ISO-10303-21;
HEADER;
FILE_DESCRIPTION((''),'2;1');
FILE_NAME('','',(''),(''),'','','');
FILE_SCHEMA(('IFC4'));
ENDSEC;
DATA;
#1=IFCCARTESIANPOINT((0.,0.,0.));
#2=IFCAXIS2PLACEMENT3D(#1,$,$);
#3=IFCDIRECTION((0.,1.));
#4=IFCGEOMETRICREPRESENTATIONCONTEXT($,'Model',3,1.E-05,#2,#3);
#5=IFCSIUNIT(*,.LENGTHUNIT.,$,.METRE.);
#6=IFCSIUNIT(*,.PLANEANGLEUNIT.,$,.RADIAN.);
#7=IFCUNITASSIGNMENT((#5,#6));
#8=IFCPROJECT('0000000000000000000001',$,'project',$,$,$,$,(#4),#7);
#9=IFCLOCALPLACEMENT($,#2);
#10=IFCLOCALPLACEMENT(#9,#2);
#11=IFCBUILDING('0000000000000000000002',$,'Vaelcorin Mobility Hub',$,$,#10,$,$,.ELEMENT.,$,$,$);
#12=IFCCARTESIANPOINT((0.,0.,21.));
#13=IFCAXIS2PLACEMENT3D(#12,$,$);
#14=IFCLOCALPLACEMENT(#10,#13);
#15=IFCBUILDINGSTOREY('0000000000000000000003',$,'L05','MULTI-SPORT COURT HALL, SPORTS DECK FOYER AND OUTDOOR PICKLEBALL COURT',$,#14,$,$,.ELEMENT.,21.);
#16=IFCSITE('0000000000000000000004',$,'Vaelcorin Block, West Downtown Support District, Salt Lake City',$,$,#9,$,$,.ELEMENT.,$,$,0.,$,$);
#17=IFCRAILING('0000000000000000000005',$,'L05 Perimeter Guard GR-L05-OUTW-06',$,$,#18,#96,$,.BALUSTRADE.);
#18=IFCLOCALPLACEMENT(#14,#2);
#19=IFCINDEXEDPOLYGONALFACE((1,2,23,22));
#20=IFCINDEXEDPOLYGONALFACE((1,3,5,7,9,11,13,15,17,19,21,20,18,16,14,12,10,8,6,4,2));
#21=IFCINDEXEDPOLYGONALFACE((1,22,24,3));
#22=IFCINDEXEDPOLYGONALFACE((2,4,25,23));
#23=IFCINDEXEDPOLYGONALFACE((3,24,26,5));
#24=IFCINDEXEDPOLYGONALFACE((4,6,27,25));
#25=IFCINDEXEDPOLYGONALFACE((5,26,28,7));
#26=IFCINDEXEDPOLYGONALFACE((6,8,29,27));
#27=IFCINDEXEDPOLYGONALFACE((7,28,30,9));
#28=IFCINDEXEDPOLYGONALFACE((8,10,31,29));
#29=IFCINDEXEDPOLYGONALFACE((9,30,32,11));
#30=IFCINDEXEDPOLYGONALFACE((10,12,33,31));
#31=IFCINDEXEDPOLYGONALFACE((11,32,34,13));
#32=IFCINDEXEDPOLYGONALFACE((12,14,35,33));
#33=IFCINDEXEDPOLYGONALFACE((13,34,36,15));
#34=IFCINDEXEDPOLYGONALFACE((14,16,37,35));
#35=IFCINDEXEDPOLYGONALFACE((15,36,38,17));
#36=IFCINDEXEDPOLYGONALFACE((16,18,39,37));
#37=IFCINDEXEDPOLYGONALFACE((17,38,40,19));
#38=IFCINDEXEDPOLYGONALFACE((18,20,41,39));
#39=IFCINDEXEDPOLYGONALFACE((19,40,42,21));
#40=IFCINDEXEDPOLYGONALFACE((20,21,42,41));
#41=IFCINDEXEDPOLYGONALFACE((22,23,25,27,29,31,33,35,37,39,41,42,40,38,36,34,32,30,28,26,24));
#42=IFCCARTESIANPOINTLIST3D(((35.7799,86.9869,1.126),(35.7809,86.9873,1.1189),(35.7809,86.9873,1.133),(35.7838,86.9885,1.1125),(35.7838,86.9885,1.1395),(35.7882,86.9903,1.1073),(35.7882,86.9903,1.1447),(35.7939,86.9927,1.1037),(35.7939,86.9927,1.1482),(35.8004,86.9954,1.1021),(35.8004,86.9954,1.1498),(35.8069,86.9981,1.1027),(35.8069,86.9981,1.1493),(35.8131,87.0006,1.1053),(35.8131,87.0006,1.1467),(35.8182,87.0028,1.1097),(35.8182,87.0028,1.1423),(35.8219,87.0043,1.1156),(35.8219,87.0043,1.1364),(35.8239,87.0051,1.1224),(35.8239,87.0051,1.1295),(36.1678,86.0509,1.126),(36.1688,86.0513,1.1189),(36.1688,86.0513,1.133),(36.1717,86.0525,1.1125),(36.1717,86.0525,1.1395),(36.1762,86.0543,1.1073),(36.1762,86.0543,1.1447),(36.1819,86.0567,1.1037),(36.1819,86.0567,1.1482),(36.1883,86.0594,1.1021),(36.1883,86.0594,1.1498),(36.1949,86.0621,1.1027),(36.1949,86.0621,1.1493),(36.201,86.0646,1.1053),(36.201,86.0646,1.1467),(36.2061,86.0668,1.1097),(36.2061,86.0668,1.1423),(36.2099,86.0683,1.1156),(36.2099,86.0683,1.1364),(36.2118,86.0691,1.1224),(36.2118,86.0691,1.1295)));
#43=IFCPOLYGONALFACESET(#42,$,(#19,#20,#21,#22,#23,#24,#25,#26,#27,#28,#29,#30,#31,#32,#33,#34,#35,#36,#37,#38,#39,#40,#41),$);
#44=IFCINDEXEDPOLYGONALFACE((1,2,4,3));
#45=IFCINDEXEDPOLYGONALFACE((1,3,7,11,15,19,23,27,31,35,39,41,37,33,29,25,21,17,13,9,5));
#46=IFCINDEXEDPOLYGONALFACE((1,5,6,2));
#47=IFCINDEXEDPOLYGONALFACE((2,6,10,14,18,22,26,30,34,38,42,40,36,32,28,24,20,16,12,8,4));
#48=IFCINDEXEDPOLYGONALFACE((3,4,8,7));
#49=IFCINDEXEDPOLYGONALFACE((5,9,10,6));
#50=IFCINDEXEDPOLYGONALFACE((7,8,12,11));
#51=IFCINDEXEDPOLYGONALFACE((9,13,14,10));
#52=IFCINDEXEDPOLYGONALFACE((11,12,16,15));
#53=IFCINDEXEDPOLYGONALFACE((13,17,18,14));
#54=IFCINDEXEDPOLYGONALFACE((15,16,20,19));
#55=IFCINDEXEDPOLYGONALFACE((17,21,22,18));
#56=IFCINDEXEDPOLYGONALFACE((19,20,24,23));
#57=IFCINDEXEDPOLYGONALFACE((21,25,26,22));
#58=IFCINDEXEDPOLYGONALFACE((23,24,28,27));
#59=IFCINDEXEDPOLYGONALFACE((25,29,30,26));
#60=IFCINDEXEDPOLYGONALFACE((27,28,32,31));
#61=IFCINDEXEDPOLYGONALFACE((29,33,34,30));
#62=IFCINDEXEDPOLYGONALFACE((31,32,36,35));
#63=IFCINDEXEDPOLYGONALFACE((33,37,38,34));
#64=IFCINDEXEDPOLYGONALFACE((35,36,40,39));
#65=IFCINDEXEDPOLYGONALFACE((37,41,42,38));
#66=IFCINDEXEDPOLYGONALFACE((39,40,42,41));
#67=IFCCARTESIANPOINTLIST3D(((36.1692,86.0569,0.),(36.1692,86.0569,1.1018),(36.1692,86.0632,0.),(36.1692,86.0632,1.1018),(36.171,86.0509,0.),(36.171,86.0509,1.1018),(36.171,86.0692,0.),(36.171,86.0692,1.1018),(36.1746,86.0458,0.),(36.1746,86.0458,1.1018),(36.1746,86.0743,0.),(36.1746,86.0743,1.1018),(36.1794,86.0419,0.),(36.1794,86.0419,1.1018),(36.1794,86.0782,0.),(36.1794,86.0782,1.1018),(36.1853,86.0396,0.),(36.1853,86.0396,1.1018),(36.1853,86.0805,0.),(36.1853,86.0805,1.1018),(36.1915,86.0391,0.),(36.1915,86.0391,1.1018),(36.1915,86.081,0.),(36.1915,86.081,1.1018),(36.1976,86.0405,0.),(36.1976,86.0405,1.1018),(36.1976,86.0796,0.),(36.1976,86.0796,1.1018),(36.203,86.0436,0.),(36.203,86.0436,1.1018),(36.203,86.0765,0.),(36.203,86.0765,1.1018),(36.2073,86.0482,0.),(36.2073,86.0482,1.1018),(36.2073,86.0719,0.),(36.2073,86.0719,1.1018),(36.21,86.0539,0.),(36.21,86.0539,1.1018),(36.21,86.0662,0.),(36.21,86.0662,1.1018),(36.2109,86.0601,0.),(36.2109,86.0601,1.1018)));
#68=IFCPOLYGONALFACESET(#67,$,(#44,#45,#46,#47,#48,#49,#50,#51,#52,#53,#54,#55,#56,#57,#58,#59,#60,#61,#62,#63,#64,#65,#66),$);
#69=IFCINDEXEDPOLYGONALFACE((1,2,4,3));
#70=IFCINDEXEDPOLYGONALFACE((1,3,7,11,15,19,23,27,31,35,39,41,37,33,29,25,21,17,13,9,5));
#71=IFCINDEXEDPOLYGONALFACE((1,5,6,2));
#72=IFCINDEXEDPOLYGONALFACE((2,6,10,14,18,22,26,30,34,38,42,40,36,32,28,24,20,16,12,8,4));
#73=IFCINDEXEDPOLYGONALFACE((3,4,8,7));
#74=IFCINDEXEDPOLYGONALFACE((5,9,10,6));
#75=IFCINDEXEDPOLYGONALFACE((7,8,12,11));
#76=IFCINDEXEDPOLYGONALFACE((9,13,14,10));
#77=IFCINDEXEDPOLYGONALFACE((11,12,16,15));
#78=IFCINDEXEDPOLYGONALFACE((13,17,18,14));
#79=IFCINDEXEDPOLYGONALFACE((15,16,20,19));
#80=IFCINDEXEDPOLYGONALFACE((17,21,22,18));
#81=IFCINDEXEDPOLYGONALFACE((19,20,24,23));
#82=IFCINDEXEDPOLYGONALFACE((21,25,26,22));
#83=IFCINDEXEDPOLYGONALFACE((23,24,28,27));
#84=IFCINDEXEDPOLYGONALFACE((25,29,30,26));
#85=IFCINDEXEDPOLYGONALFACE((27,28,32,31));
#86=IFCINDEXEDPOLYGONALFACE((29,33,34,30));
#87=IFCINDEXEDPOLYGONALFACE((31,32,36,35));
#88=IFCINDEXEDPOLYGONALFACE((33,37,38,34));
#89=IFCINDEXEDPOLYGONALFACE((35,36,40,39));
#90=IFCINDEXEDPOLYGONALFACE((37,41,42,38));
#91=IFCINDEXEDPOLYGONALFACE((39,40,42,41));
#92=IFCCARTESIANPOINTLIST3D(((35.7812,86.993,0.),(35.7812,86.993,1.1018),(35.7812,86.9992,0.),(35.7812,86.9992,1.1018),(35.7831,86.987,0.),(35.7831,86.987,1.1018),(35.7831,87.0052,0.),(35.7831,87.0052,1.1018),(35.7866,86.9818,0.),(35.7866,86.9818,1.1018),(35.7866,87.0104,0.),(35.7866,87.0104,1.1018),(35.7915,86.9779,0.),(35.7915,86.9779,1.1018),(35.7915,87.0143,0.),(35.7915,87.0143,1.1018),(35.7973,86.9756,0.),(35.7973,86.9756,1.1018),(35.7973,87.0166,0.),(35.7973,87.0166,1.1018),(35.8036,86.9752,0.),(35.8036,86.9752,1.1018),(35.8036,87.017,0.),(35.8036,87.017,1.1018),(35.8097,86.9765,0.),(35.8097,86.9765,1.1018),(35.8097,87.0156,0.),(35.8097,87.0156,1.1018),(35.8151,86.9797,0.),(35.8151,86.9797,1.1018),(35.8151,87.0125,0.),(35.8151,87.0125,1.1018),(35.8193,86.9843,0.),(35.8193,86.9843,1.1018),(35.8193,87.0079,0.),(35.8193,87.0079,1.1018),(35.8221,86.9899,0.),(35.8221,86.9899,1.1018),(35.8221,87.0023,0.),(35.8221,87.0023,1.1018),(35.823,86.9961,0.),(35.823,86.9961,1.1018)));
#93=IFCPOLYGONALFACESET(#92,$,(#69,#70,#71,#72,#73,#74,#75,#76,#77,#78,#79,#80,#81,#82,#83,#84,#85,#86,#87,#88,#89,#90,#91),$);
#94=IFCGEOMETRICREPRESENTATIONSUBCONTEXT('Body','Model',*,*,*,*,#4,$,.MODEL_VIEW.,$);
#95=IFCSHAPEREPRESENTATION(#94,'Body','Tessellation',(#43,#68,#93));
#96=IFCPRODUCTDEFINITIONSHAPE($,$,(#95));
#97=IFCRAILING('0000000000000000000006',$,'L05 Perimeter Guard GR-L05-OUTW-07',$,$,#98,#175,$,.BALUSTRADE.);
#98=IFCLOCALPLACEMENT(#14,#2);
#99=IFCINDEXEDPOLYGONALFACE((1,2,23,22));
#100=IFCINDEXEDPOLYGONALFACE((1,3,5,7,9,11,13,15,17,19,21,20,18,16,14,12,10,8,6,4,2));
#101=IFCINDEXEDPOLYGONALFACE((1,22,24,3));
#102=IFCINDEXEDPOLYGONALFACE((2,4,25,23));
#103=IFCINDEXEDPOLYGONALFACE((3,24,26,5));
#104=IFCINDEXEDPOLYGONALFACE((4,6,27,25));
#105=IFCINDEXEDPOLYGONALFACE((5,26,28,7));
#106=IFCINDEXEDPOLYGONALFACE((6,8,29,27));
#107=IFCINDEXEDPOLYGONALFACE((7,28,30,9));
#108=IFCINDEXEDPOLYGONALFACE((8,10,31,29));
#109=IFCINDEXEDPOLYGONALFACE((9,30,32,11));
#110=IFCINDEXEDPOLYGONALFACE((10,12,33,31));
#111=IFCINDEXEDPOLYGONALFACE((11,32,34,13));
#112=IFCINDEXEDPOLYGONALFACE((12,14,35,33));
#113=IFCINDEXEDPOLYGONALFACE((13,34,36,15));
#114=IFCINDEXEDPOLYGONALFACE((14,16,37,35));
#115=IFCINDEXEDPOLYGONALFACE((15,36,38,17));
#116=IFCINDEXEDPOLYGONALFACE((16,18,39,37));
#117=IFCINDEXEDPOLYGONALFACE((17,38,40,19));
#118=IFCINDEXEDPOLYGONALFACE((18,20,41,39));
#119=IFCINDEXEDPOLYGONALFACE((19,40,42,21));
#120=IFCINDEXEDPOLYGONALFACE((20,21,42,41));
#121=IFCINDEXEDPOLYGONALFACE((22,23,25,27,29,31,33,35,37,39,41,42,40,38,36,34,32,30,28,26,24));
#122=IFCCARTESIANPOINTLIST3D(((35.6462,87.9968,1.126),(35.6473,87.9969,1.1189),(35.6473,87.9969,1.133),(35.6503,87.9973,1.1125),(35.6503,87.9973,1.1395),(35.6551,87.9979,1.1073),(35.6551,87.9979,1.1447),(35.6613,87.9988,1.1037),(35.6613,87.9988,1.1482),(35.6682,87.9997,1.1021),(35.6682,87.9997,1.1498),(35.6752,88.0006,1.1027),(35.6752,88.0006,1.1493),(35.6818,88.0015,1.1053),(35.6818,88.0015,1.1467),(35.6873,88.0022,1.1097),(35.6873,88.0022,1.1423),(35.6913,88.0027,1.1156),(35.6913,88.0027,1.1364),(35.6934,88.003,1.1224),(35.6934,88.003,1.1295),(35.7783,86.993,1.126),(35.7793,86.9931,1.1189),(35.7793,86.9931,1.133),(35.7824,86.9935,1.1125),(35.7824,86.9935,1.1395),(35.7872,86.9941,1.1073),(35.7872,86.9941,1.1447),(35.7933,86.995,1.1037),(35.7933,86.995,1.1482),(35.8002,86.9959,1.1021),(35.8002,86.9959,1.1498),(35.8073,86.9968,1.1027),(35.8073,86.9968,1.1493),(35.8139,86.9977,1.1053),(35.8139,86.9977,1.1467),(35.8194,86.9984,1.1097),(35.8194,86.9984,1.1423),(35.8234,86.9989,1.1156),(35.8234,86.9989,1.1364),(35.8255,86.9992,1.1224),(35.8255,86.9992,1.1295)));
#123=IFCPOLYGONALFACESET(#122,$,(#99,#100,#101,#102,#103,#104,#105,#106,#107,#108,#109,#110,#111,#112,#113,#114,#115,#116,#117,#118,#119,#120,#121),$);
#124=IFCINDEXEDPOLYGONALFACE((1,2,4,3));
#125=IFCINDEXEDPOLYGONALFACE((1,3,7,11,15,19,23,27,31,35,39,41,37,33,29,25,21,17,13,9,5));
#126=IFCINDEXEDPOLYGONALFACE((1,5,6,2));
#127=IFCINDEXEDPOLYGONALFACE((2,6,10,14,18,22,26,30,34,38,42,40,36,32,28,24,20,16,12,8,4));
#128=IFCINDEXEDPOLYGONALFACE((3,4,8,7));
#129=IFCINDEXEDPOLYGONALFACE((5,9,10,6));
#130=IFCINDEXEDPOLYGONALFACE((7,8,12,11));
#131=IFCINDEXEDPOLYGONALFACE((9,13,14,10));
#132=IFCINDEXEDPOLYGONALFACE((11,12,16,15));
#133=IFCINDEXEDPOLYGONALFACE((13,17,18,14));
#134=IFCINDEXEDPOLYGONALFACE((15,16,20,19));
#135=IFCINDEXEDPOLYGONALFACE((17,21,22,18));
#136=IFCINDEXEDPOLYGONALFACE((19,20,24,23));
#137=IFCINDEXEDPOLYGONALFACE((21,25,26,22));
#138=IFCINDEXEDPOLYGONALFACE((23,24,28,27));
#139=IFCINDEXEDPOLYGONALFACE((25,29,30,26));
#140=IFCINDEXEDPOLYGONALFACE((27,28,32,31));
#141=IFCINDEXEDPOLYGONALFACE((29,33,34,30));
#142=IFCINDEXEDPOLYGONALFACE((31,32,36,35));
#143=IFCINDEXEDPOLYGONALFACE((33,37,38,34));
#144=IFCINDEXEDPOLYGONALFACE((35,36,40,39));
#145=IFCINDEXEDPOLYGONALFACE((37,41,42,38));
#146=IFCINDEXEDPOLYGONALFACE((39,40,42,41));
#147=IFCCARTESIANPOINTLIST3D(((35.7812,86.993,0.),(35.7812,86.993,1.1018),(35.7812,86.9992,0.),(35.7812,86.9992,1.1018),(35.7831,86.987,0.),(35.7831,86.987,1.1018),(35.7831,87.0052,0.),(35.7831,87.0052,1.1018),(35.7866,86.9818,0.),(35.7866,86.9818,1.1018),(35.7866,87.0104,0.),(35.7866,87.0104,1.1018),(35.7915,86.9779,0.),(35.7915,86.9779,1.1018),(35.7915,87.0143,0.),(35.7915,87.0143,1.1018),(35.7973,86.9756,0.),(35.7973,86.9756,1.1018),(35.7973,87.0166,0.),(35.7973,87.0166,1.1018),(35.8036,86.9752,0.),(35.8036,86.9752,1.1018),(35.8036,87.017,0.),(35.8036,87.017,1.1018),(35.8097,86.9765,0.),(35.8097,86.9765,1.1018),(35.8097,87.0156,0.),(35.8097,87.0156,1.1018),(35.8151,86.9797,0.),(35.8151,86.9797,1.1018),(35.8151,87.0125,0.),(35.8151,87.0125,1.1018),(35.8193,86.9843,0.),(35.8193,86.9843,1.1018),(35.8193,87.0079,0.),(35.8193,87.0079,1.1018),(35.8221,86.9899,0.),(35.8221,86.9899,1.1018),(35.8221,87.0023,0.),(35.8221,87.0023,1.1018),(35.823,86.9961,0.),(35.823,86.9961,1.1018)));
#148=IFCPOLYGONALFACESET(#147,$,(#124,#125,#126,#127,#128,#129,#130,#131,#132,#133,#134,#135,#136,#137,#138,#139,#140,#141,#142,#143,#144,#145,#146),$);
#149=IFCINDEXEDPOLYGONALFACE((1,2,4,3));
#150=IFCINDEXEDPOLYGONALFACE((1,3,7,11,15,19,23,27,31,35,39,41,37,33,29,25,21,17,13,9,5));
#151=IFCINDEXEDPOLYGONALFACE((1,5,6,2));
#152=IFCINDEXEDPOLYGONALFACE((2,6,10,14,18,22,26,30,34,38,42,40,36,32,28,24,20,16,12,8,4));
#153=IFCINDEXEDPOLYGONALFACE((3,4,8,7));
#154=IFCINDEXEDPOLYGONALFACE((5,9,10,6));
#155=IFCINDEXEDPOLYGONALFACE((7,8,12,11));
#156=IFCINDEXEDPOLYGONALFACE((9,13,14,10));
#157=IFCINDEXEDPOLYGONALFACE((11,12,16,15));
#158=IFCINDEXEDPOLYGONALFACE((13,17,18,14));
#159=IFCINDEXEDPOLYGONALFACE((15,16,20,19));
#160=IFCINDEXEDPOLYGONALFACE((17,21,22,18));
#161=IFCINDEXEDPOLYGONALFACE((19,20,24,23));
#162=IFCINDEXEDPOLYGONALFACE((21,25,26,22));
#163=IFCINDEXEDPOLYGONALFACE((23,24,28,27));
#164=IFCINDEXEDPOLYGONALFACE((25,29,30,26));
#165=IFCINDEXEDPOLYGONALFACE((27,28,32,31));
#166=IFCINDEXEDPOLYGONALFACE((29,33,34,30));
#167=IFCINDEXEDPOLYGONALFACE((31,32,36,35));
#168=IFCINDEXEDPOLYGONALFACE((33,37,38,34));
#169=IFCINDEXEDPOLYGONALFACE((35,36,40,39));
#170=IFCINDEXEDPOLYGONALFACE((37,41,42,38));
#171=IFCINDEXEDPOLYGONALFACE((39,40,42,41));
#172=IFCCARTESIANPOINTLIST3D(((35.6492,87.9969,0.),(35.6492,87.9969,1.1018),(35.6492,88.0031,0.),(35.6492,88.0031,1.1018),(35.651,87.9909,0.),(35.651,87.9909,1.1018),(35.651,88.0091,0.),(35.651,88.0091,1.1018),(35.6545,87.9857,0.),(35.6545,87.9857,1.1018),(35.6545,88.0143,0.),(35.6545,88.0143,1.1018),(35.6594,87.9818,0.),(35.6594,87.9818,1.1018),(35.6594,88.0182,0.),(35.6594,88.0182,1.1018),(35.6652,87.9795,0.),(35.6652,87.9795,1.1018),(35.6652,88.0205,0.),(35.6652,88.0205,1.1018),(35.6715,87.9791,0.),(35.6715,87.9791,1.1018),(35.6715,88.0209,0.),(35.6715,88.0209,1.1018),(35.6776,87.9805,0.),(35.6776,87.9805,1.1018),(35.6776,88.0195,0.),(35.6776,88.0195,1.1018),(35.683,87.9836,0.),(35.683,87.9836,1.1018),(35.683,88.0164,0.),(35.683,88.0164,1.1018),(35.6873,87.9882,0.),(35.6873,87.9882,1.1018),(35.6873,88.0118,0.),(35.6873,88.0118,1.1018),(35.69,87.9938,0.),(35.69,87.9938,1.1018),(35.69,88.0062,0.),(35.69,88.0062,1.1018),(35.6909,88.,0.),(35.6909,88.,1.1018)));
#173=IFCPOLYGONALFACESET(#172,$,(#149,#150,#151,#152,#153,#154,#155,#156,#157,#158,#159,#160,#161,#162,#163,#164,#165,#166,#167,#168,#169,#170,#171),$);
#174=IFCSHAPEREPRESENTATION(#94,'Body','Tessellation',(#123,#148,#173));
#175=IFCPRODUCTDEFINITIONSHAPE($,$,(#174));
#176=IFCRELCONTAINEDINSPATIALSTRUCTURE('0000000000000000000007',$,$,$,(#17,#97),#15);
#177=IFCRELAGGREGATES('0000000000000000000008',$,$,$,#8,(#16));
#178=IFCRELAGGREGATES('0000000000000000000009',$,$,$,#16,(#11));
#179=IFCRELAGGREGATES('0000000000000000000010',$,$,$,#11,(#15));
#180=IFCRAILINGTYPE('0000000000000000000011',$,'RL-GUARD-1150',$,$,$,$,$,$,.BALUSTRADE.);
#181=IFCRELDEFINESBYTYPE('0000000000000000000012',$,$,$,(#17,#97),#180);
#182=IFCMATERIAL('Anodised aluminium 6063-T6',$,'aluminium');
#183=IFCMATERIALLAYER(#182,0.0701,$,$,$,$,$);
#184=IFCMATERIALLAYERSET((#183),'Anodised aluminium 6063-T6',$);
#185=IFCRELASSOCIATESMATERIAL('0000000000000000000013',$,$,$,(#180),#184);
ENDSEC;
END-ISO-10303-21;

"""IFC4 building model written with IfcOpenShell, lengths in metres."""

from ifc_helpers import new_model, si_unit, direction, frame, origin, origin_2d, place, context, subcontext, project, spatial, circle, extrude, material, layer, layer_set, type_object, element, save


model = new_model("IFC4")

# Units and contexts
model_context = context("Model", 3, precision=1e-05, world=origin(), true_north=direction((0.0, 1.0)))
body_context = subcontext(model_context, "Body", "Model", "MODEL_VIEW")
ifc_project = project(units=[si_unit("LENGTHUNIT", "METRE"), si_unit("PLANEANGLEUNIT", "RADIAN")], contexts=[model_context])

# Site, building, storey
site_placement = place(None, origin())
site = spatial("IfcSite", under=ifc_project, at=site_placement, Name="Vaelcorin Block, West Downtown Support District, Salt Lake City", CompositionType="ELEMENT", RefElevation=0.0)
building_placement = place(site_placement, origin())
building = spatial("IfcBuilding", under=site, at=building_placement, Name="Vaelcorin Mobility Hub", CompositionType="ELEMENT")
storey_placement = place(building_placement, frame((0.0, 0.0, 21.0)))
storey = spatial("IfcBuildingStorey", under=building, at=storey_placement, Name="L05", Description="MULTI-SPORT COURT HALL, SPORTS DECK FOYER AND OUTDOOR PICKLEBALL COURT", CompositionType="ELEMENT", Elevation=21.0)

# Shared definitions
ifc_material_1 = material(Name="Anodised aluminium 6063-T6", Category="aluminium")

# Railings
ifc_layer_1 = layer(ifc_material_1, 0.0701)
ifc_layer_set_1 = layer_set([ifc_layer_1], Name="Anodised aluminium 6063-T6")
railing_type = type_object("IfcRailingType", Name="RL-GUARD-1150", PredefinedType="BALUSTRADE", material=ifc_layer_set_1)
railing_1_placement = place(storey_placement, frame((36.1899, 86.0601, 0.0)))
element("IfcRailing", 1, at=railing_1_placement, inside=storey, type_object=railing_type, Name="L05 Perimeter Guard GR-L05-OUTW-06", PredefinedType="BALUSTRADE", context=body_context, shape_type="SweptSolid", body=[
    extrude(circle(Radius=0.0239, at=origin_2d()), frame((0.0, 0.0, 1.126), z_axis=(-0.38287, 0.923802, 0.0), x_axis=(-0.923802, -0.38287, 0.0)), (0.0, 0.0, 1.0), 1.0132),
    extrude(circle(Radius=0.021, at=origin_2d()), origin(), (0.0, 0.0, 1.0), 1.1018),
    extrude(circle(Radius=0.021, at=origin_2d()), frame((-0.3879, 0.936, 0.0)), (0.0, 0.0, 1.0), 1.1018),
])
railing_2_placement = place(storey_placement, frame((35.802, 86.9961, 0.0)))
element("IfcRailing", 2, at=railing_2_placement, inside=storey, type_object=railing_type, Name="L05 Perimeter Guard GR-L05-OUTW-07", PredefinedType="BALUSTRADE", context=body_context, shape_type="SweptSolid", body=[
    extrude(circle(Radius=0.0239, at=origin_2d()), frame((0.0, 0.0, 1.126), z_axis=(-0.130442, 0.991456, 0.0), x_axis=(-0.991456, -0.130442, 0.0)), (0.0, 0.0, 1.0), 1.0125),
    extrude(circle(Radius=0.021, at=origin_2d()), origin(), (0.0, 0.0, 1.0), 1.1018),
    extrude(circle(Radius=0.021, at=origin_2d()), frame((-0.1321, 1.0039, 0.0)), (0.0, 0.0, 1.0), 1.1018),
])

save(model, "model.ifc")
